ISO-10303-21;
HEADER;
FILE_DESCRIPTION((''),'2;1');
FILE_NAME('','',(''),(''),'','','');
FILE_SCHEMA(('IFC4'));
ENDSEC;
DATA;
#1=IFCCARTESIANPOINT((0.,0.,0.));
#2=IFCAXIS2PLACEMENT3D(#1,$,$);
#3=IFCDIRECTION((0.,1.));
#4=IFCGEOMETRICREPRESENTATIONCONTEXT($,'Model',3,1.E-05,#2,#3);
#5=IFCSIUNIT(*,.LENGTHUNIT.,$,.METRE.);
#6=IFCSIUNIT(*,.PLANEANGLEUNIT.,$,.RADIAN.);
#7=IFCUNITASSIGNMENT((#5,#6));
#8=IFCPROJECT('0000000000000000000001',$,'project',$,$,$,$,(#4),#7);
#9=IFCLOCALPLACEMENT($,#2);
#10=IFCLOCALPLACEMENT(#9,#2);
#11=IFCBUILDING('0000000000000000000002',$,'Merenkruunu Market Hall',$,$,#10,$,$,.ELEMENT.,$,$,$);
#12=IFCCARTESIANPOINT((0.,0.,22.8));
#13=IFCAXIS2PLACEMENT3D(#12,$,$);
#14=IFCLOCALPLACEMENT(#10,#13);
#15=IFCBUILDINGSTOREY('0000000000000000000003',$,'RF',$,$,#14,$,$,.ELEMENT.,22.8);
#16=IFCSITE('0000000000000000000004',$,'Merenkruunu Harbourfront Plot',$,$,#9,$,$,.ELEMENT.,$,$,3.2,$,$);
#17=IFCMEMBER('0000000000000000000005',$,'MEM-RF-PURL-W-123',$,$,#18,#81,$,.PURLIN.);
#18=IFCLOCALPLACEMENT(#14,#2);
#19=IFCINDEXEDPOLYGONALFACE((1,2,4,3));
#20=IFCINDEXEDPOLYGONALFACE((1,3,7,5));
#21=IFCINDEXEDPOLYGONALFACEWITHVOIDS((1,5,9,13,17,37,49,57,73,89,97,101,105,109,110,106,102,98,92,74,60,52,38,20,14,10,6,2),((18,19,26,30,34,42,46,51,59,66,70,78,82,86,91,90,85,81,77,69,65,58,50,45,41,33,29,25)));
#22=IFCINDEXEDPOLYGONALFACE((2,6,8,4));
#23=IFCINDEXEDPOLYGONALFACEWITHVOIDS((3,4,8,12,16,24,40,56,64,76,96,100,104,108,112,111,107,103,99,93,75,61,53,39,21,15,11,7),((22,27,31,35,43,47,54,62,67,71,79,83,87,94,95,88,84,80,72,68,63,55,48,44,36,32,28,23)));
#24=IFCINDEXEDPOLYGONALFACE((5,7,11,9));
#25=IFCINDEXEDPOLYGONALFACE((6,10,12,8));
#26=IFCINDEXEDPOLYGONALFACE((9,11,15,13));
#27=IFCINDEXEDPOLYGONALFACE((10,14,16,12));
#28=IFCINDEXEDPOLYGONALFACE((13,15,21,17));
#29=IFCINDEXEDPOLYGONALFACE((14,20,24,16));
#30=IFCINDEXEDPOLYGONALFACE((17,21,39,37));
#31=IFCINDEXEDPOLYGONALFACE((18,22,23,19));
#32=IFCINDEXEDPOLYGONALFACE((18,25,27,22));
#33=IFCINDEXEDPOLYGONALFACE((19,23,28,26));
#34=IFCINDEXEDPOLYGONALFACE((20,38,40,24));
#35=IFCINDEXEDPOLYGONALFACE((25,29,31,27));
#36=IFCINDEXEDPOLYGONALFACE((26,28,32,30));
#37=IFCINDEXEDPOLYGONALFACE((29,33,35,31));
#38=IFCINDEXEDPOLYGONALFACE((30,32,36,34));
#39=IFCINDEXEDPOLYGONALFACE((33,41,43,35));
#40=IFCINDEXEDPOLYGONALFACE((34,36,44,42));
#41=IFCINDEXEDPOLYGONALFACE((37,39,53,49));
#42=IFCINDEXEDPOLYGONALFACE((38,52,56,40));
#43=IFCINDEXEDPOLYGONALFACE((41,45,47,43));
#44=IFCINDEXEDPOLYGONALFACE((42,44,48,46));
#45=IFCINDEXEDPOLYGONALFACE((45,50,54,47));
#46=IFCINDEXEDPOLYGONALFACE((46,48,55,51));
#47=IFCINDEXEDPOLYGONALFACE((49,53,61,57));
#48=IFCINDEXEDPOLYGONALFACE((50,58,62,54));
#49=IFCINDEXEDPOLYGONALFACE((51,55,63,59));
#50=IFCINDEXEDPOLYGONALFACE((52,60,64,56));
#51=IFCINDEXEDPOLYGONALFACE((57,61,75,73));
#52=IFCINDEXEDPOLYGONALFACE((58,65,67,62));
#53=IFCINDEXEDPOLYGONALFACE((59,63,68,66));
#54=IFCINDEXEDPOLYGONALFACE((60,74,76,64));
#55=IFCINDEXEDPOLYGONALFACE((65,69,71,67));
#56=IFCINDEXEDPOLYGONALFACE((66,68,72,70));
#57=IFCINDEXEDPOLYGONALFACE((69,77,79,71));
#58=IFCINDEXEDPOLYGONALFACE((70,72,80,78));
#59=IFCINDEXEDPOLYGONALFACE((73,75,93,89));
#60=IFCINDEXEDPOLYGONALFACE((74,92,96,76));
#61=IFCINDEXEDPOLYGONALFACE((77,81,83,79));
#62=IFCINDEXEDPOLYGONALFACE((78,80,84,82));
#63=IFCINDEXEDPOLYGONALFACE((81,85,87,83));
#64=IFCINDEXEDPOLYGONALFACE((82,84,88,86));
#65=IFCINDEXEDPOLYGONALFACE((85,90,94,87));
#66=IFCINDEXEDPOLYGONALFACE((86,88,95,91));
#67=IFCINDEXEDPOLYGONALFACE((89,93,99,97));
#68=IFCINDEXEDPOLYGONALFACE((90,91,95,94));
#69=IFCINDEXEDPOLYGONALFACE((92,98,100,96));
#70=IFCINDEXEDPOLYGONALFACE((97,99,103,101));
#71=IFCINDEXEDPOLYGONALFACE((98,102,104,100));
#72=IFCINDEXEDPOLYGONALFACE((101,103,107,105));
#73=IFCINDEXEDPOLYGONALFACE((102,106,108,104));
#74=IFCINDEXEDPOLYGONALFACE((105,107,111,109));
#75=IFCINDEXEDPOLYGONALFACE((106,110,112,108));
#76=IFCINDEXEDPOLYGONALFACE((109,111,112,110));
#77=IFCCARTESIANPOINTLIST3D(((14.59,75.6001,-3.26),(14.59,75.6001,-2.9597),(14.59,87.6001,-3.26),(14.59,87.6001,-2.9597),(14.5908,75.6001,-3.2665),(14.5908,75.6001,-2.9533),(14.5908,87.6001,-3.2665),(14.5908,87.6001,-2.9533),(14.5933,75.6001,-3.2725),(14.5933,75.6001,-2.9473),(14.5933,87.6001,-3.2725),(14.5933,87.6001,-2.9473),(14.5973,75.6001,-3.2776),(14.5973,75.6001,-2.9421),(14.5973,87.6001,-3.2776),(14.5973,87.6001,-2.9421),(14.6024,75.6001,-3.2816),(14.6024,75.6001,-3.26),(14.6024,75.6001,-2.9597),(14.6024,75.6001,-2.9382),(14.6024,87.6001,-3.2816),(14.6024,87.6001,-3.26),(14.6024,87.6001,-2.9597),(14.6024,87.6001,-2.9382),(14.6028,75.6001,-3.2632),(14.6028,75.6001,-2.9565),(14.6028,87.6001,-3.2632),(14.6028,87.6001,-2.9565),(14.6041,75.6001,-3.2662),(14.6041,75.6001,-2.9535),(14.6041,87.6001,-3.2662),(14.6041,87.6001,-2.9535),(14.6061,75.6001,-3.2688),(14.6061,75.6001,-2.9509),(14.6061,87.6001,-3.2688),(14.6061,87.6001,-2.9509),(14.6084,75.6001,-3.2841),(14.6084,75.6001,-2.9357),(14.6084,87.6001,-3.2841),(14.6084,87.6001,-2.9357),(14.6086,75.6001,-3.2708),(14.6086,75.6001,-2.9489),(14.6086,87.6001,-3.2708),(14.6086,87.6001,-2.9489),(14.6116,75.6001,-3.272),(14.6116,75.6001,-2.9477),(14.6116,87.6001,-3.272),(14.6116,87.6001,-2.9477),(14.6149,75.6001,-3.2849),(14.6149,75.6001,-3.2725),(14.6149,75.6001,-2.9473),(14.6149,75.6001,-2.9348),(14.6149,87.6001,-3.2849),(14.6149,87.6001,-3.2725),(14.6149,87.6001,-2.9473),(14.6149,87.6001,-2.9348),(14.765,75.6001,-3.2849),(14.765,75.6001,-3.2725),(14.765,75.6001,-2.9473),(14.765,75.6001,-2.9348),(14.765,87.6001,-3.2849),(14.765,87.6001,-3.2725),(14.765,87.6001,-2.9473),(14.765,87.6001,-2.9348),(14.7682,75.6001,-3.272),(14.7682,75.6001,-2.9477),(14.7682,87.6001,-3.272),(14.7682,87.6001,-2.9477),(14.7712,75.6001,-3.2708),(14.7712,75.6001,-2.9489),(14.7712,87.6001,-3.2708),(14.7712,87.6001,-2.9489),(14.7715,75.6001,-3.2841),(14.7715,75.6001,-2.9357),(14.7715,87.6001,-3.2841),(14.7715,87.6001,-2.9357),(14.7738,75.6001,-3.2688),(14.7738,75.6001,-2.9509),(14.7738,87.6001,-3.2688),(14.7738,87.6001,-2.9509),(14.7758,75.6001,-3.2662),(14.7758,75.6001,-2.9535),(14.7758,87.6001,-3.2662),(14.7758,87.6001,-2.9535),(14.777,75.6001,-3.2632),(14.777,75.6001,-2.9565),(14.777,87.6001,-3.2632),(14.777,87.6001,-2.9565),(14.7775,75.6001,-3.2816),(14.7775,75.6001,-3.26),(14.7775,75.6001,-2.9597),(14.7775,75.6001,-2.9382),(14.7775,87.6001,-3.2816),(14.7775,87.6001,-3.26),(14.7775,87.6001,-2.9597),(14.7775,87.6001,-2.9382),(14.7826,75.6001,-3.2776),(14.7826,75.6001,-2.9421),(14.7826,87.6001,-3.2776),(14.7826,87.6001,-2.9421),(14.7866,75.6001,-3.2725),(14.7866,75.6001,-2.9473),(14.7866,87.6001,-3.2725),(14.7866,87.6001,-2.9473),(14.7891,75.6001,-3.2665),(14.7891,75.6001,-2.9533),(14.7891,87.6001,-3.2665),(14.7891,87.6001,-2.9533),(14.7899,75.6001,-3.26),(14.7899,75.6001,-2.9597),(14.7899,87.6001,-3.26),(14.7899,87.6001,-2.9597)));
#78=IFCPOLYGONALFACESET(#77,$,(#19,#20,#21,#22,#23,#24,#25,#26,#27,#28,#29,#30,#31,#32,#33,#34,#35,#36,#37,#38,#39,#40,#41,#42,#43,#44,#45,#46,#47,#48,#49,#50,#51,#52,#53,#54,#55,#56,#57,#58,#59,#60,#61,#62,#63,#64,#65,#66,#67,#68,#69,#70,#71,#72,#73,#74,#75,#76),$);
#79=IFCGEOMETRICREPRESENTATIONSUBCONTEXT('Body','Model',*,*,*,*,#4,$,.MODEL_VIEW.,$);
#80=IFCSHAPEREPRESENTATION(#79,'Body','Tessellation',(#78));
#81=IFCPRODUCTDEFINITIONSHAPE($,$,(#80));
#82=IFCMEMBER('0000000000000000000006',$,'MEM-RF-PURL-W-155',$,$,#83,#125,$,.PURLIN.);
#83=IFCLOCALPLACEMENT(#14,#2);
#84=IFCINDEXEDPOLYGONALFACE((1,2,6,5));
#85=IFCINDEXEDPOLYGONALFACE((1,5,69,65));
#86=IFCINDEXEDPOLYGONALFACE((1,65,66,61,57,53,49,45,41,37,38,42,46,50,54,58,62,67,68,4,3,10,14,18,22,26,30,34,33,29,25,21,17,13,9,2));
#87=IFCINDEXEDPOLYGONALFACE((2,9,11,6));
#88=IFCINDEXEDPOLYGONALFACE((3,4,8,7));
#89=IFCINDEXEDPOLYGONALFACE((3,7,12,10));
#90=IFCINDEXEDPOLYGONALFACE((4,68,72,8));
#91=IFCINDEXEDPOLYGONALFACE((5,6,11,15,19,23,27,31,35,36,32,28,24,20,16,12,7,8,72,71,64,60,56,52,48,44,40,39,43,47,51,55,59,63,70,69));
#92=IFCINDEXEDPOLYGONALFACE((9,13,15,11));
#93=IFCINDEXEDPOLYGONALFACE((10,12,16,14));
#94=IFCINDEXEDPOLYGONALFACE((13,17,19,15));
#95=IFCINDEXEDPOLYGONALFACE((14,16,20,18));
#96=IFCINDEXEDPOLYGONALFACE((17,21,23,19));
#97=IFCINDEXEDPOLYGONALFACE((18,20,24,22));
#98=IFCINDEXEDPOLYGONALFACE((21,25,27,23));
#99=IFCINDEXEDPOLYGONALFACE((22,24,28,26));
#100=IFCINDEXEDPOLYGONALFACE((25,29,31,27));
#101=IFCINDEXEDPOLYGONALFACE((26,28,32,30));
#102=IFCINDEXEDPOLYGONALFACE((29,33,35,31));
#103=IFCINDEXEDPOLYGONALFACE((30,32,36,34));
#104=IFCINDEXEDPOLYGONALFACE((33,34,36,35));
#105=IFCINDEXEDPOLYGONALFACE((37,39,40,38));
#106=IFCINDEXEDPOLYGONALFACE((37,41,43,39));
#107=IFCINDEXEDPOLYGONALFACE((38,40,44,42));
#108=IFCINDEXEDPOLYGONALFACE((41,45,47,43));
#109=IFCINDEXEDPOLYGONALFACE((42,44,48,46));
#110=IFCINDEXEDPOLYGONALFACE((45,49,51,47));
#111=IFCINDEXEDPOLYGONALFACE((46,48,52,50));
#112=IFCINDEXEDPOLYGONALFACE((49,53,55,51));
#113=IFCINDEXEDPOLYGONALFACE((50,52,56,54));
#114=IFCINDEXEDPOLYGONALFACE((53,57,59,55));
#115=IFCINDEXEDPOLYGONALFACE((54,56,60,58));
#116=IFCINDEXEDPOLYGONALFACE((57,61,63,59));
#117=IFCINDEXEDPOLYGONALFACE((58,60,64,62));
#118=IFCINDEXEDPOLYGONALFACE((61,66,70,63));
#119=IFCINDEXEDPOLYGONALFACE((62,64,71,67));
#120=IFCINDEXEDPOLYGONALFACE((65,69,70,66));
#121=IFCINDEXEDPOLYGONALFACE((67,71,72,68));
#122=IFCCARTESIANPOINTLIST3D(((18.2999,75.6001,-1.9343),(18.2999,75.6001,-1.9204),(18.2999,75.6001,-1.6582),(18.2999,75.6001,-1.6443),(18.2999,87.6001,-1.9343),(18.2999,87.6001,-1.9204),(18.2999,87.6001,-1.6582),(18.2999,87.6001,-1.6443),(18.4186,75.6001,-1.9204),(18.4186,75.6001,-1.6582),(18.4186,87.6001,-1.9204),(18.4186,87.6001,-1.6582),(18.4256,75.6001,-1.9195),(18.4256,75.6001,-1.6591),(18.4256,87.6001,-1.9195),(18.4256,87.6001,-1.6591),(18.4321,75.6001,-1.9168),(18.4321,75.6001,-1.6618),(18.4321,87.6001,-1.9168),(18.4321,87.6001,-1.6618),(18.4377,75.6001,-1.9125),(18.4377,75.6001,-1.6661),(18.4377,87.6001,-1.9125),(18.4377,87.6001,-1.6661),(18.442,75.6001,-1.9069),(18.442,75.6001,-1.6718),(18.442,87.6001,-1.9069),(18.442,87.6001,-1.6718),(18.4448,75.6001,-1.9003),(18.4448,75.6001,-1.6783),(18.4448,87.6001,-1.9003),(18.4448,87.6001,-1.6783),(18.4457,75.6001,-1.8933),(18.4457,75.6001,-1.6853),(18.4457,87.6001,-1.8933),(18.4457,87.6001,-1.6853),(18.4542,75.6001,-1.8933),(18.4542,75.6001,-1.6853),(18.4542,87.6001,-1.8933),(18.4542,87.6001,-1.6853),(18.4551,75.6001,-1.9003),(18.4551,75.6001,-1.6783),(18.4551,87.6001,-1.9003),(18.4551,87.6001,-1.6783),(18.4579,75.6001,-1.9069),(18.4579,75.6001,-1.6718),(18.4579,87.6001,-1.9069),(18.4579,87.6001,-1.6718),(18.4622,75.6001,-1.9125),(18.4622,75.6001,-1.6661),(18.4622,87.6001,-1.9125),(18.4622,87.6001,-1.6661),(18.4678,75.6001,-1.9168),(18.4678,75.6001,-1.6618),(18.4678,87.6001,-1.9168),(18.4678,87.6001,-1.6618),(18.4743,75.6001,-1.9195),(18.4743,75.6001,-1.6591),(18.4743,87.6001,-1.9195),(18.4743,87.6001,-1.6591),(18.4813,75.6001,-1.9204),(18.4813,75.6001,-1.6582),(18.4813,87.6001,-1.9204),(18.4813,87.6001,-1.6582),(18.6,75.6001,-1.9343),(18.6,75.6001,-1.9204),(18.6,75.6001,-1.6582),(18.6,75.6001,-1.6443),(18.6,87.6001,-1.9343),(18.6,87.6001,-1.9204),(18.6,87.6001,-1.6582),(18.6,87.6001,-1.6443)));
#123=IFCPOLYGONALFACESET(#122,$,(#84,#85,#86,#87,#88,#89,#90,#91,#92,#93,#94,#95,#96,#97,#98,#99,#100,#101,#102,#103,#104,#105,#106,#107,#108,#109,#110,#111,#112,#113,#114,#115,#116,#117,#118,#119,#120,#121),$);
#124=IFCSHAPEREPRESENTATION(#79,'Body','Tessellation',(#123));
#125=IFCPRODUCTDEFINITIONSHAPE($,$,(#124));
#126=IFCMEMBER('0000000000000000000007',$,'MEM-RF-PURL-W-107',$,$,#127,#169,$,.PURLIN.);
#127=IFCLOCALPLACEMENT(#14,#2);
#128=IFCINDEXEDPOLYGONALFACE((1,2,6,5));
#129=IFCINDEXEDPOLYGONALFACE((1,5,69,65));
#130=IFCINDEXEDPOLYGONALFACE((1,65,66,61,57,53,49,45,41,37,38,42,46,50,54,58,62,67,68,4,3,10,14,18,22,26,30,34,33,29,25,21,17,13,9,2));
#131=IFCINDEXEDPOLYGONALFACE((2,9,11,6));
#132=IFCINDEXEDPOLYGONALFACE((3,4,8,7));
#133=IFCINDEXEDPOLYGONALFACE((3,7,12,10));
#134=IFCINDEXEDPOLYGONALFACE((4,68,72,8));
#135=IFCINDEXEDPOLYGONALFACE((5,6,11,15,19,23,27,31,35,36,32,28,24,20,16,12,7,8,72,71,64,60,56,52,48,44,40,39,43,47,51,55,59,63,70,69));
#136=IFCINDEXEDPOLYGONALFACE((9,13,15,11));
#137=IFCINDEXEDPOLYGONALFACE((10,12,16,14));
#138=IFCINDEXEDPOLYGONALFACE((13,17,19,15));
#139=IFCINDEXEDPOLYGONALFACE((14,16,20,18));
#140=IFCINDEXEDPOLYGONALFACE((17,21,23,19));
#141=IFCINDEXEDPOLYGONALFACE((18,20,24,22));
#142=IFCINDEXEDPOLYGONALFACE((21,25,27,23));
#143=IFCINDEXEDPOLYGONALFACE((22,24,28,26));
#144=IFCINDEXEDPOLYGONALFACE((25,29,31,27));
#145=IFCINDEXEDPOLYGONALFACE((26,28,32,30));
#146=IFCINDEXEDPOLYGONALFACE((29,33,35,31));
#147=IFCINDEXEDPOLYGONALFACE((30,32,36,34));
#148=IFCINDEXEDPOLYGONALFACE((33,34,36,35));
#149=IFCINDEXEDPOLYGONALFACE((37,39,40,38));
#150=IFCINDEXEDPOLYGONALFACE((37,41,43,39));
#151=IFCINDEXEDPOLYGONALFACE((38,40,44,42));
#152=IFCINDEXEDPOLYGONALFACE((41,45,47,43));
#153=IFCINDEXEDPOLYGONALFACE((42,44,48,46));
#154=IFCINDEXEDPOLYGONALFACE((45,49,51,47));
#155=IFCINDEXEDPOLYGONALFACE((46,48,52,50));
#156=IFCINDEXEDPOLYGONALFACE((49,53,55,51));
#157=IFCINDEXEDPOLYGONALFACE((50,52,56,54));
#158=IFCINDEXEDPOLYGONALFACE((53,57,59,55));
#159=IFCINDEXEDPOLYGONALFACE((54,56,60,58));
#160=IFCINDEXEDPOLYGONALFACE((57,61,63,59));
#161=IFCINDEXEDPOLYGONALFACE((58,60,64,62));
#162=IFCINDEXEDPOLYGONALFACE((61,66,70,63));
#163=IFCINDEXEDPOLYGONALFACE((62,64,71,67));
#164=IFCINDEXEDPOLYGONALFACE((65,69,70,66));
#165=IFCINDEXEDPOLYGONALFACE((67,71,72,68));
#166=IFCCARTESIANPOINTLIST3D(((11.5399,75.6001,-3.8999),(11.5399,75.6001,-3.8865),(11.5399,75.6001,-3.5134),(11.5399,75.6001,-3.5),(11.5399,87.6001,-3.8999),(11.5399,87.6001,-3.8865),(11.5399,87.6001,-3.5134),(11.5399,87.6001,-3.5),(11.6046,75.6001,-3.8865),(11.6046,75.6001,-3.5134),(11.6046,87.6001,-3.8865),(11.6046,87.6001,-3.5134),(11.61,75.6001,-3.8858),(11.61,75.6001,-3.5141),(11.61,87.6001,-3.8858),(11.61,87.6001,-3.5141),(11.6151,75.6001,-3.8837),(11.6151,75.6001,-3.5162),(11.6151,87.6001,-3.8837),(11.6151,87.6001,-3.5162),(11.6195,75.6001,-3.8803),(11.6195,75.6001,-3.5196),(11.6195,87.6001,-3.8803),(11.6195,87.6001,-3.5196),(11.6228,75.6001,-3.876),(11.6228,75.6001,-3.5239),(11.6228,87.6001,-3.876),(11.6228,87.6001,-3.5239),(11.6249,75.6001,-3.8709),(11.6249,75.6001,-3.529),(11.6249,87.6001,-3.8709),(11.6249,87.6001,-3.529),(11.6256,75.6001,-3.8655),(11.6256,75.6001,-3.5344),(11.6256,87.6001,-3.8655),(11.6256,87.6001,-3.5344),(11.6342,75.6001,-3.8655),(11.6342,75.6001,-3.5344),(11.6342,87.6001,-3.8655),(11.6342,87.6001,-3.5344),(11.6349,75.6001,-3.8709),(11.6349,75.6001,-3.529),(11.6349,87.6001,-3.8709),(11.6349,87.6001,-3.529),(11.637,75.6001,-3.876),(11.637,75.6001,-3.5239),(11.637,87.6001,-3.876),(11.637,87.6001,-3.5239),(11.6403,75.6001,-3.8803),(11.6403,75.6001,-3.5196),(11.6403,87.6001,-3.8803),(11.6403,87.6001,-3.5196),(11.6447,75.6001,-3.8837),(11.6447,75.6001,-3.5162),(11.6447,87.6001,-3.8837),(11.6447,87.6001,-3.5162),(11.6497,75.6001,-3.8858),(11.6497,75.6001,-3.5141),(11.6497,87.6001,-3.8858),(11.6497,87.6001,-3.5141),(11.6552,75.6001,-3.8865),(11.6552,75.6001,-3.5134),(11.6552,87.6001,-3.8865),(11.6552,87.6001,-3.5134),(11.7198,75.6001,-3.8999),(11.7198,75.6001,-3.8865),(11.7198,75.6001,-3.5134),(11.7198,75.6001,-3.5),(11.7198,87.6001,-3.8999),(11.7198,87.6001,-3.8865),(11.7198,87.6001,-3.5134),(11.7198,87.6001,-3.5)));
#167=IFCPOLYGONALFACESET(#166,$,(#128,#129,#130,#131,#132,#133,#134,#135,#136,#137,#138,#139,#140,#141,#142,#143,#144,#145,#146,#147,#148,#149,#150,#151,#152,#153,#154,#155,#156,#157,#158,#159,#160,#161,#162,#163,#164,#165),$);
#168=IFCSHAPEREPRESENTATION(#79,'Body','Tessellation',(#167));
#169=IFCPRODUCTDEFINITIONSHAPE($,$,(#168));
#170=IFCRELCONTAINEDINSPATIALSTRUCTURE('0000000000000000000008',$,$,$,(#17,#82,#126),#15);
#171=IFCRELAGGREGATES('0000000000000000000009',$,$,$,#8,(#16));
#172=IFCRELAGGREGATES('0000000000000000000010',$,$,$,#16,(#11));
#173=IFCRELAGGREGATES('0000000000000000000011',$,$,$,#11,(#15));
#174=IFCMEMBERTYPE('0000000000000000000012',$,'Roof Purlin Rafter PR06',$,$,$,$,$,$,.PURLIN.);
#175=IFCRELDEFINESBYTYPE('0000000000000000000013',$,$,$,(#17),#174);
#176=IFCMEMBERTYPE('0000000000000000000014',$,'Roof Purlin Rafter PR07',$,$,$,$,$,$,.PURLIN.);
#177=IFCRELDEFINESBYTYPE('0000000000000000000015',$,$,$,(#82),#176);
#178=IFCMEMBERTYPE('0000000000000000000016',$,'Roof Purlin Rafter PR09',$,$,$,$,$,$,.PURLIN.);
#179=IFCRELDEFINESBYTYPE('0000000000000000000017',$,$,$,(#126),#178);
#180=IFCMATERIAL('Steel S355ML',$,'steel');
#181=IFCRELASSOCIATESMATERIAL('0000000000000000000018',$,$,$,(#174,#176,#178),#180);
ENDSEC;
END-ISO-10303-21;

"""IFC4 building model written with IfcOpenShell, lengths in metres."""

from ifc_helpers import new_model, si_unit, direction, frame, origin, origin_2d, place, context, subcontext, project, spatial, hollow_rectangle, i_section, extrude, material, material_profile, profile_set, type_object, element, save


model = new_model("IFC4")

# Units and contexts
model_context = context("Model", 3, precision=1e-05, world=origin(), true_north=direction((0.0, 1.0)))
body_context = subcontext(model_context, "Body", "Model", "MODEL_VIEW")
ifc_project = project(units=[si_unit("LENGTHUNIT", "METRE"), si_unit("PLANEANGLEUNIT", "RADIAN")], contexts=[model_context])

# Site, building, storey
site_placement = place(None, origin())
site = spatial("IfcSite", under=ifc_project, at=site_placement, Name="Merenkruunu Harbourfront Plot", CompositionType="ELEMENT", RefElevation=3.2)
building_placement = place(site_placement, origin())
building = spatial("IfcBuilding", under=site, at=building_placement, Name="Merenkruunu Market Hall", CompositionType="ELEMENT")
storey_placement = place(building_placement, frame((0.0, 0.0, 22.8)))
storey = spatial("IfcBuildingStorey", under=building, at=storey_placement, Name="RF", CompositionType="ELEMENT", Elevation=22.8)

# Shared definitions
ifc_material_1 = material(Name="Steel S355ML", Category="steel")

# Members
ifc_material_profile_1 = material_profile(ifc_material_1, hollow_rectangle(XDim=0.2, YDim=0.3501, WallThickness=0.0125, InnerFilletRadius=0.0125, OuterFilletRadius=0.0249, at=origin_2d()), Name="RHS 350x200x12.5")
ifc_profile_set_1 = profile_set([ifc_material_profile_1], Name="Steel S355ML")
member_type_1 = type_object("IfcMemberType", Name="Roof Purlin Rafter PR06", PredefinedType="PURLIN", material=ifc_profile_set_1)
member_1_placement = place(storey_placement, frame((14.6899, 75.6001, -3.1099), z_axis=(0.0, 1.0, 0.0), x_axis=(-1.0, 0.0, 0.0)))
element("IfcMember", 1, at=member_1_placement, inside=storey, type_object=member_type_1, Name="MEM-RF-PURL-W-123", PredefinedType="PURLIN", context=body_context, shape_type="SweptSolid", body=[
    extrude(hollow_rectangle(XDim=0.2, YDim=0.3501, WallThickness=0.0125, InnerFilletRadius=0.0125, OuterFilletRadius=0.0249, at=origin_2d()), origin(), (0.0, 0.0, 1.0), 12.0),
])
ifc_material_profile_2 = material_profile(ifc_material_1, i_section(OverallWidth=0.3, OverallDepth=0.29, WebThickness=0.0085, FlangeThickness=0.0139, FilletRadius=0.0271, at=origin_2d()), Name="HEA 300")
ifc_profile_set_2 = profile_set([ifc_material_profile_2], Name="Steel S355ML")
member_type_2 = type_object("IfcMemberType", Name="Roof Purlin Rafter PR07", PredefinedType="PURLIN", material=ifc_profile_set_2)
member_2_placement = place(storey_placement, frame((18.45, 75.6001, -1.7893), z_axis=(0.0, 1.0, 0.0), x_axis=(-1.0, 0.0, 0.0)))
element("IfcMember", 2, at=member_2_placement, inside=storey, type_object=member_type_2, Name="MEM-RF-PURL-W-155", PredefinedType="PURLIN", context=body_context, shape_type="SweptSolid", body=[
    extrude(i_section(OverallWidth=0.3, OverallDepth=0.29, WebThickness=0.0085, FlangeThickness=0.0139, FilletRadius=0.0271, at=origin_2d()), origin(), (0.0, 0.0, 1.0), 12.0),
])
ifc_material_profile_3 = material_profile(ifc_material_1, i_section(OverallWidth=0.1799, OverallDepth=0.3999, WebThickness=0.0085, FlangeThickness=0.0134, FilletRadius=0.021, at=origin_2d()), Name="IPE 400")
ifc_profile_set_3 = profile_set([ifc_material_profile_3], Name="Steel S355ML")
member_type_3 = type_object("IfcMemberType", Name="Roof Purlin Rafter PR09", PredefinedType="PURLIN", material=ifc_profile_set_3)
for number, where, z_axis, x_axis, name in (
    (3, (11.6299, 75.6001, -3.7), (0.0, 1.0, 0.0), (-1.0, 0.0, 0.0), "MEM-RF-PURL-W-107"),
):
    element("IfcMember", number, at=place(storey_placement, frame(where, z_axis=z_axis, x_axis=x_axis)), inside=storey, type_object=member_type_3, Name=name, PredefinedType="PURLIN", context=body_context, shape_type="SweptSolid", body=[
        extrude(i_section(OverallWidth=0.1799, OverallDepth=0.3999, WebThickness=0.0085, FlangeThickness=0.0134, FilletRadius=0.021, at=origin_2d()), origin(), (0.0, 0.0, 1.0), 12.0),
    ])

save(model, "model.ifc")
